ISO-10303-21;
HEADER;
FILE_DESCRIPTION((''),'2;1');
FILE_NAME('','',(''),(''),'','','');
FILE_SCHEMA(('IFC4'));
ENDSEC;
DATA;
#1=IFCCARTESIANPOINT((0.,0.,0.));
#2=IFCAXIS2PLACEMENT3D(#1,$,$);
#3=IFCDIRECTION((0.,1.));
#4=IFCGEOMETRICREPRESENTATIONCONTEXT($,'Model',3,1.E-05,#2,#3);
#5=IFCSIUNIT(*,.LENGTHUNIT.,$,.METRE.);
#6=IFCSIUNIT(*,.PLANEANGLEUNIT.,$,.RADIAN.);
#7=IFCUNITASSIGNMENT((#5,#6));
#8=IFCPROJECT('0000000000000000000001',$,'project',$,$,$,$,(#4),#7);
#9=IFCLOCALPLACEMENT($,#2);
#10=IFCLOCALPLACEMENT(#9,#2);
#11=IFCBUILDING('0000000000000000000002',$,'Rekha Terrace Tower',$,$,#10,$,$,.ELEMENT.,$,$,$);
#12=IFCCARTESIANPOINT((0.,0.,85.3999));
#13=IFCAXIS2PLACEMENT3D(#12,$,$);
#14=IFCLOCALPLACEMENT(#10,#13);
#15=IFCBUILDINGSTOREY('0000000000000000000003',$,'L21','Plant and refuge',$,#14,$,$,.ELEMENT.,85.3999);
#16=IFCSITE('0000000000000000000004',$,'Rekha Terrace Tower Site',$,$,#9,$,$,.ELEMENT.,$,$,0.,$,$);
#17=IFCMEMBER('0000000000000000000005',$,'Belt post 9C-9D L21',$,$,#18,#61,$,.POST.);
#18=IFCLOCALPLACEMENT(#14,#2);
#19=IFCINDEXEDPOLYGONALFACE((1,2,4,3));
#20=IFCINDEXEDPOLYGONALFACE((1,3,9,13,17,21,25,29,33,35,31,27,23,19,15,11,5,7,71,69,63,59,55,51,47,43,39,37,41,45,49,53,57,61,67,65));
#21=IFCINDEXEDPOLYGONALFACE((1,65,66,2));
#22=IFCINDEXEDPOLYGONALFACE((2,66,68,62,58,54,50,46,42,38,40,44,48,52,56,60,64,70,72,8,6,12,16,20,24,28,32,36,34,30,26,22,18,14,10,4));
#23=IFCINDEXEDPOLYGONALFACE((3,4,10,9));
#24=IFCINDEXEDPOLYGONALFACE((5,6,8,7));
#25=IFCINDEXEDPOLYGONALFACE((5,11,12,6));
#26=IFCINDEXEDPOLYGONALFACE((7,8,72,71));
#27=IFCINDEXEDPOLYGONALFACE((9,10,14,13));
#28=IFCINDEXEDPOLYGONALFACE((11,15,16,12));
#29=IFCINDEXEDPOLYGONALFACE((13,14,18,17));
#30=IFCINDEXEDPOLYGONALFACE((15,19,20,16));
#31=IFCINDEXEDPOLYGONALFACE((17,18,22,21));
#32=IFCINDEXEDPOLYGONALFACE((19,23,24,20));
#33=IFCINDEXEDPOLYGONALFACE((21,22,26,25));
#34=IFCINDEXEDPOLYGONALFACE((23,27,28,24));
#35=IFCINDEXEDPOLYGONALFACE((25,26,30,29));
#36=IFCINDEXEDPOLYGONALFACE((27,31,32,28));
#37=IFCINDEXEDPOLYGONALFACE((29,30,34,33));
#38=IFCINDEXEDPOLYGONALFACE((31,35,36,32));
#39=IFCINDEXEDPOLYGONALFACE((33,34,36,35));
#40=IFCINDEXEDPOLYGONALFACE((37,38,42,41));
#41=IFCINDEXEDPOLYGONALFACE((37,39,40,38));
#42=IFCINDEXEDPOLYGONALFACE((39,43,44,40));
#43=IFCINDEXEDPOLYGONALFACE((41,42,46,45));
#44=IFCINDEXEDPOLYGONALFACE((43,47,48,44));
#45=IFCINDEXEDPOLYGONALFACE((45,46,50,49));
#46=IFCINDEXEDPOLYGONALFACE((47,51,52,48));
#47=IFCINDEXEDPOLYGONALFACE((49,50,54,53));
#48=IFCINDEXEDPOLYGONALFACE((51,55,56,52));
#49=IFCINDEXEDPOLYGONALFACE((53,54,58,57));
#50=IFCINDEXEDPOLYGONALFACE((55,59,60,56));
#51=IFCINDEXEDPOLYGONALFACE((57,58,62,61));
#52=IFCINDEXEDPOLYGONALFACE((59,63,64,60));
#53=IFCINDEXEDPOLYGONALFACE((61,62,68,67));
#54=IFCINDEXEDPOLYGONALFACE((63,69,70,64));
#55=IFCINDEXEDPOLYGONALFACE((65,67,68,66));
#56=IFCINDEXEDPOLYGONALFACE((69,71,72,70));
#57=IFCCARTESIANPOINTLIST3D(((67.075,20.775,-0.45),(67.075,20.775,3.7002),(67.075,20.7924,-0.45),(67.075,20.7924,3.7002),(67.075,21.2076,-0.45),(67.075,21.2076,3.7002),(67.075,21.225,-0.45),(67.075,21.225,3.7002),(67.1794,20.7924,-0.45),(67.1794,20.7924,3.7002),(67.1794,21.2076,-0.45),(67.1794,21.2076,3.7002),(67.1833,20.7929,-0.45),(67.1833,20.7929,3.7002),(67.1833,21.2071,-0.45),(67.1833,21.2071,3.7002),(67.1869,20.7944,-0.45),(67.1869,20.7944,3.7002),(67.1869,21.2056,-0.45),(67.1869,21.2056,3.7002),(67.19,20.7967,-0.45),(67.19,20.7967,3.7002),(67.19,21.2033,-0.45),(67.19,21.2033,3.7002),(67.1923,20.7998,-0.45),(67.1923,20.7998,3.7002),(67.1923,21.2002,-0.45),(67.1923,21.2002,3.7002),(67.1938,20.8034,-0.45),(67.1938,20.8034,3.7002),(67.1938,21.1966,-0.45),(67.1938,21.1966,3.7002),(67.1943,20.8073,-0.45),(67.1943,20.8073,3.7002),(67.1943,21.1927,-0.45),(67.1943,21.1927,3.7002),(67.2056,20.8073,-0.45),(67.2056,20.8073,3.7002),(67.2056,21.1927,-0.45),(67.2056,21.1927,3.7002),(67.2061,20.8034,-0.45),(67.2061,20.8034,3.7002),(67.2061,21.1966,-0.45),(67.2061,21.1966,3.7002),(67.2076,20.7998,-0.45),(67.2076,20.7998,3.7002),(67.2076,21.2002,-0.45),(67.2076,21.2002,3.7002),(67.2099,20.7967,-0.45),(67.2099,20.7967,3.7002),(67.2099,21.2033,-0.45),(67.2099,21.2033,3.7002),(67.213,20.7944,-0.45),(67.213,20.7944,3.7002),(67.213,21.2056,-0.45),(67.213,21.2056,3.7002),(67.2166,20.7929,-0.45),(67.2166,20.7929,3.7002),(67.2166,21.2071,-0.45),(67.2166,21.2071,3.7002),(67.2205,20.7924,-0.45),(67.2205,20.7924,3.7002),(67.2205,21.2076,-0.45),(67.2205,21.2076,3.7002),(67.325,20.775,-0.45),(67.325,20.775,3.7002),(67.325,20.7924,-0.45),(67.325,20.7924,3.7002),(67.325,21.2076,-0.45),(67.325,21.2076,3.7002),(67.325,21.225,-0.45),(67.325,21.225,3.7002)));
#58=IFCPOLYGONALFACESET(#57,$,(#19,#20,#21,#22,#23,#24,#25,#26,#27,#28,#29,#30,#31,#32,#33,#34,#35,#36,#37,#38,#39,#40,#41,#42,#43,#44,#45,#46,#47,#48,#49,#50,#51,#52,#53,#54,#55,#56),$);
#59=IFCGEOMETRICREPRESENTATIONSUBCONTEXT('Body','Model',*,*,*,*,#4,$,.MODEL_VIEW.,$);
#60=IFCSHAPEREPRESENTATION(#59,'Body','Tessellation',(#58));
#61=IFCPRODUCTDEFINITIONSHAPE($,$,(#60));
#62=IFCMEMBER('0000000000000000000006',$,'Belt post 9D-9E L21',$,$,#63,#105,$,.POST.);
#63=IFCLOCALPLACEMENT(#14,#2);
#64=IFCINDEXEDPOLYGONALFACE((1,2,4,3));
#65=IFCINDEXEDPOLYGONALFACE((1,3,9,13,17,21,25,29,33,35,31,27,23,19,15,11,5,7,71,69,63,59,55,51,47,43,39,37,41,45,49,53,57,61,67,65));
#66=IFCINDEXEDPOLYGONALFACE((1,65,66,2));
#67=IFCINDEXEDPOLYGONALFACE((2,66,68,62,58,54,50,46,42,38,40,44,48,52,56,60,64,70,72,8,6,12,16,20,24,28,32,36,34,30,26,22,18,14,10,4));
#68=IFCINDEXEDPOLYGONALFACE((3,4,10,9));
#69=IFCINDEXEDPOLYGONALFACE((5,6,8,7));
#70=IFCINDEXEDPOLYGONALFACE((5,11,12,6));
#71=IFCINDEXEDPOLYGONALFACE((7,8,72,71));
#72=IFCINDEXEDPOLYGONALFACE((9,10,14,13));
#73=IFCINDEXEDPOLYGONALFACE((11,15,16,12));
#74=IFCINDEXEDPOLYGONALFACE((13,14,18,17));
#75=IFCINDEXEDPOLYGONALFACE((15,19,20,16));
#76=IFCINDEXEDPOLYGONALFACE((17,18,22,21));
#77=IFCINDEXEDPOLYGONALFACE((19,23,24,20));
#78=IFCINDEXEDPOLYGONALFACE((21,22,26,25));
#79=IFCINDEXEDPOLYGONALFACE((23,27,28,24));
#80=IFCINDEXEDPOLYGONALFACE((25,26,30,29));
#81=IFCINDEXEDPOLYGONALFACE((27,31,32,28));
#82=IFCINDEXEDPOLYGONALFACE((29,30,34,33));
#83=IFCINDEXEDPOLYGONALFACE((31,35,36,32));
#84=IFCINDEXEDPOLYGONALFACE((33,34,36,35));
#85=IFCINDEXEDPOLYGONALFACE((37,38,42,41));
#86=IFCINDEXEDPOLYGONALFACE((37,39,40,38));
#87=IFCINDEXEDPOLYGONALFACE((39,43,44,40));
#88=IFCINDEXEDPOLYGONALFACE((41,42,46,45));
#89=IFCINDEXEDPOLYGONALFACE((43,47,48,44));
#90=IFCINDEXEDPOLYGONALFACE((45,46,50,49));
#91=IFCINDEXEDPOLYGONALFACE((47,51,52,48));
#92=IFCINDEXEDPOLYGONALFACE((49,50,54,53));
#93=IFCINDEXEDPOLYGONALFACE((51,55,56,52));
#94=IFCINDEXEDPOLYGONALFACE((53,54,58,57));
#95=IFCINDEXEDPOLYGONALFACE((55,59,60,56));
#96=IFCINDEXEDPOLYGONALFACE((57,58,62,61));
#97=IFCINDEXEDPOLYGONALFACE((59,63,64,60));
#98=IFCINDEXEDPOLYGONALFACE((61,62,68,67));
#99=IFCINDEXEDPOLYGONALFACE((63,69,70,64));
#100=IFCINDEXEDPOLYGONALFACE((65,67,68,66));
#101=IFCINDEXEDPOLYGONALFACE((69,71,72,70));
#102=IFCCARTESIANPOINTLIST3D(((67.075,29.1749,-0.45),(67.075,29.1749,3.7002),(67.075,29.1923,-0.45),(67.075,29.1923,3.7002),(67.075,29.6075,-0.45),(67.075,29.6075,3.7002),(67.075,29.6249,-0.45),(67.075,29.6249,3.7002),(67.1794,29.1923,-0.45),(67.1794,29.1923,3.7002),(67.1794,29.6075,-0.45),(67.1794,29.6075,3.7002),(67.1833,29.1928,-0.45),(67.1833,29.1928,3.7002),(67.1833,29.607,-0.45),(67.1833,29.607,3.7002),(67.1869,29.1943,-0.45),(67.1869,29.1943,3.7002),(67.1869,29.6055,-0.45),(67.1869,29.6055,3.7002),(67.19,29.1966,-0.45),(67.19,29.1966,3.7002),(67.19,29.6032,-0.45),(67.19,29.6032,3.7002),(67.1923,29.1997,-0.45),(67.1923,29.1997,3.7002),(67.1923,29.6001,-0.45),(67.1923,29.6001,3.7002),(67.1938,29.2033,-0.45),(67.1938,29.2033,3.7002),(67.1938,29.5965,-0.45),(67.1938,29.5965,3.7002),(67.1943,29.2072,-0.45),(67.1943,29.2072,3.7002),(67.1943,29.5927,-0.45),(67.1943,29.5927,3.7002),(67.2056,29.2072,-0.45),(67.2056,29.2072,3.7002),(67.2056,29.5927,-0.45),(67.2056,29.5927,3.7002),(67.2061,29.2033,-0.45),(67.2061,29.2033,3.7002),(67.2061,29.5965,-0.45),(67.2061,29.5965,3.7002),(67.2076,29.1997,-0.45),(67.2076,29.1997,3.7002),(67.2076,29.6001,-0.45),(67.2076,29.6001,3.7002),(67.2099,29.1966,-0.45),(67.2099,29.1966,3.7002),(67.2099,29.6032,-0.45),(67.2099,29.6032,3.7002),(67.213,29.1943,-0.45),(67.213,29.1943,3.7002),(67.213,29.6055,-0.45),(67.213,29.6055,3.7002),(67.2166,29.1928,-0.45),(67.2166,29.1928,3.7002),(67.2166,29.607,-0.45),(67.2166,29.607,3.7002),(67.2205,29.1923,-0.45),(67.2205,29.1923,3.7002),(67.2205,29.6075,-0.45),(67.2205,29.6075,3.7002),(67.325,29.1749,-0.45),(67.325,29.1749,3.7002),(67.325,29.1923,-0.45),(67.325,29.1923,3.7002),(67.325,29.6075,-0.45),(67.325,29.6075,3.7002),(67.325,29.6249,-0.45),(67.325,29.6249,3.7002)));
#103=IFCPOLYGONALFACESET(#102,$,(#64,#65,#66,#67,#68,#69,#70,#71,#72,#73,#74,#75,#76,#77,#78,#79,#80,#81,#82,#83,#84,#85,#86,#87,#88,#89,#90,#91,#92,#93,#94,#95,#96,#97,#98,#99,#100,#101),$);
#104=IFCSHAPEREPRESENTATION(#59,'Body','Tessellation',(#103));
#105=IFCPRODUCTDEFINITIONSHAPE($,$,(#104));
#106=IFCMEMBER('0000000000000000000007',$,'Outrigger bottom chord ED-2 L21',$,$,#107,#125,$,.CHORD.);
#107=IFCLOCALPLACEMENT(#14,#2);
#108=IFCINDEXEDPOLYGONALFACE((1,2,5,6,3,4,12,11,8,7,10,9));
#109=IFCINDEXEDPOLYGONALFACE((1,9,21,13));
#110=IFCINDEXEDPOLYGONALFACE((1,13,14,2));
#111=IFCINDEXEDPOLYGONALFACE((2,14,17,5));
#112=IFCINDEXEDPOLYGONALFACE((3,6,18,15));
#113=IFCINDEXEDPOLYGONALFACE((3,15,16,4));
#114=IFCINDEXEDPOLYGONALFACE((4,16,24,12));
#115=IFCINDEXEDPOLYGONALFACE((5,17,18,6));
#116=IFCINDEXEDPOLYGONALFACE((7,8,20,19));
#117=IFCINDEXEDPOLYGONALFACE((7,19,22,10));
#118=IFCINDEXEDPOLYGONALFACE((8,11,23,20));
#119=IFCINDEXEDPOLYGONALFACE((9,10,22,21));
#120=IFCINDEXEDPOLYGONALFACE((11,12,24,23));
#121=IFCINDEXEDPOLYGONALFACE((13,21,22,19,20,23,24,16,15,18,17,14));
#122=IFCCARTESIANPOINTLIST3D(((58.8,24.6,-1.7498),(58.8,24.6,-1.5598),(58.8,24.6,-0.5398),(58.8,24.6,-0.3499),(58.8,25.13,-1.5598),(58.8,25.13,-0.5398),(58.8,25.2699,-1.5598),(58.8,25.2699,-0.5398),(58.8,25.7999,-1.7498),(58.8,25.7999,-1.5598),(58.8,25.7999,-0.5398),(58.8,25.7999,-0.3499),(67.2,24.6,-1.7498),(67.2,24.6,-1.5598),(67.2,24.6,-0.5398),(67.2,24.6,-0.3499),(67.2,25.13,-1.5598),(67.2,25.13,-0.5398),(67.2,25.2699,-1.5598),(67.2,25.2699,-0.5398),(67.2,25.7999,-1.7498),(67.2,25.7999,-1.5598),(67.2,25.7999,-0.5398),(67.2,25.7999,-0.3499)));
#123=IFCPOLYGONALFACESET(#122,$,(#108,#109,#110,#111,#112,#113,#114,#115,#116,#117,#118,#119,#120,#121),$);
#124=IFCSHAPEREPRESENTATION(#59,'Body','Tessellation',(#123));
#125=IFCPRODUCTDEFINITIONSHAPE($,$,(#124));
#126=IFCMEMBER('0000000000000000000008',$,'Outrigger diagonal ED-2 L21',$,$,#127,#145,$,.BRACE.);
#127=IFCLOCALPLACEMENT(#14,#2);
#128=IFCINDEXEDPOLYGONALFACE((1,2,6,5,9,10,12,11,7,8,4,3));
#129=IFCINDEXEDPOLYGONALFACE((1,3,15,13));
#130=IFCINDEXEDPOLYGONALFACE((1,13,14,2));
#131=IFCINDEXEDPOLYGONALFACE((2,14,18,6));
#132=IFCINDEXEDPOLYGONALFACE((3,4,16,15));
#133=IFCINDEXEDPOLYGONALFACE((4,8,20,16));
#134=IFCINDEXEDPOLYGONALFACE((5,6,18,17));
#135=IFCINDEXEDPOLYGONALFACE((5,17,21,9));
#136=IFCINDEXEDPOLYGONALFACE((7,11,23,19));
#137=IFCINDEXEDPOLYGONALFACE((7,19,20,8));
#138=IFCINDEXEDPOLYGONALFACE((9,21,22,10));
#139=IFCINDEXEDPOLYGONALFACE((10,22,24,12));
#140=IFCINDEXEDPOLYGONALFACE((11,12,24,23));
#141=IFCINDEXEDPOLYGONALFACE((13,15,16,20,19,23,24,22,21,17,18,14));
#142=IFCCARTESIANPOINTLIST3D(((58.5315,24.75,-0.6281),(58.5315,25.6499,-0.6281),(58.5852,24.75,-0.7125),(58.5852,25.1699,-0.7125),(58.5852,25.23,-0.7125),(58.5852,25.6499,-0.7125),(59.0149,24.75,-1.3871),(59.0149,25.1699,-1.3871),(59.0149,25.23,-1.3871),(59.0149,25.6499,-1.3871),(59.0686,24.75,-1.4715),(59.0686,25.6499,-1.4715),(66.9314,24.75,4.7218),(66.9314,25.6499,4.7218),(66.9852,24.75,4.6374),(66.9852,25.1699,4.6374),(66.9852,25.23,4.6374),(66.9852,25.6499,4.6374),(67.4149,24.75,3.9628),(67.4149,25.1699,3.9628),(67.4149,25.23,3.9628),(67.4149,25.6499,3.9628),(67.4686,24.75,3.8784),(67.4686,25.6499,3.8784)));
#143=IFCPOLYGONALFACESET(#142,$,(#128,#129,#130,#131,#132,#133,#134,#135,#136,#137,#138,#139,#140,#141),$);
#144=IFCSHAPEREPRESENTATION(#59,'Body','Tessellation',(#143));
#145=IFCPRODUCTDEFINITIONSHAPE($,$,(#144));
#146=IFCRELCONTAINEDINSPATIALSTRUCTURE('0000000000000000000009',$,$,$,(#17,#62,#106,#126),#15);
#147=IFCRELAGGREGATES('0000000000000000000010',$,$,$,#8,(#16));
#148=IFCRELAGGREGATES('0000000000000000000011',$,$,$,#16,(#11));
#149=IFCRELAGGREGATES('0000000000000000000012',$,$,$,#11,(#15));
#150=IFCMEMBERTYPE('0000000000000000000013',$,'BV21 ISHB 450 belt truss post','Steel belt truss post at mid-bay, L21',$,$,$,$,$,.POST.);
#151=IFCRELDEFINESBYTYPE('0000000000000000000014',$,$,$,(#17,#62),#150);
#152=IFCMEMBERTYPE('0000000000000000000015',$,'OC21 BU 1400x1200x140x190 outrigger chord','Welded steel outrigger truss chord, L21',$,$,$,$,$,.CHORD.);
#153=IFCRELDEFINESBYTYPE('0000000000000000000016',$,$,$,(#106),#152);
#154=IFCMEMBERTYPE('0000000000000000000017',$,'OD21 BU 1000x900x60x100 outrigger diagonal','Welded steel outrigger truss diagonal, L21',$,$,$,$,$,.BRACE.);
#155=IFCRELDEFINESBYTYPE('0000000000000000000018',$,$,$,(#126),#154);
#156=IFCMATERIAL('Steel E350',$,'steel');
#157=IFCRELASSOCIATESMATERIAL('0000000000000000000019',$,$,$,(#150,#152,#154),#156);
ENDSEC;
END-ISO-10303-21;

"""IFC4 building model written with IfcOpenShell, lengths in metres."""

from ifc_helpers import new_model, si_unit, direction, frame, origin, origin_2d, place, context, subcontext, project, spatial, i_section, extrude, material, material_profile, profile_set, type_object, element, save


model = new_model("IFC4")

# Units and contexts
model_context = context("Model", 3, precision=1e-05, world=origin(), true_north=direction((0.0, 1.0)))
body_context = subcontext(model_context, "Body", "Model", "MODEL_VIEW")
ifc_project = project(units=[si_unit("LENGTHUNIT", "METRE"), si_unit("PLANEANGLEUNIT", "RADIAN")], contexts=[model_context])

# Site, building, storey
site_placement = place(None, origin())
site = spatial("IfcSite", under=ifc_project, at=site_placement, Name="Rekha Terrace Tower Site", CompositionType="ELEMENT", RefElevation=0.0)
building_placement = place(site_placement, origin())
building = spatial("IfcBuilding", under=site, at=building_placement, Name="Rekha Terrace Tower", CompositionType="ELEMENT")
storey_placement = place(building_placement, frame((0.0, 0.0, 85.3999)))
storey = spatial("IfcBuildingStorey", under=building, at=storey_placement, Name="L21", Description="Plant and refuge", CompositionType="ELEMENT", Elevation=85.3999)

# Members
ifc_material_1 = material(Name="Steel E350", Category="steel")
ifc_material_profile_1 = material_profile(ifc_material_1, i_section(OverallWidth=0.25, OverallDepth=0.45, WebThickness=0.0112, FlangeThickness=0.0173, FilletRadius=0.0149, at=origin_2d()), Name="ISHB 450")
ifc_profile_set_1 = profile_set([ifc_material_profile_1], Name="Steel E350")
member_type_1 = type_object("IfcMemberType", Name="BV21 ISHB 450 belt truss post", Description="Steel belt truss post at mid-bay, L21", PredefinedType="POST", material=ifc_profile_set_1)
for number, where, z_axis, x_axis, name in (
    (1, (67.2, 21.0, -0.45), (0.0, 0.0, 1.0), (1.0, 0.0, 0.0), "Belt post 9C-9D L21"),
    (2, (67.2, 29.3999, -0.45), (0.0, 0.0, 1.0), (1.0, 0.0, 0.0), "Belt post 9D-9E L21"),
):
    element("IfcMember", number, at=place(storey_placement, frame(where, z_axis=z_axis, x_axis=x_axis)), inside=storey, type_object=member_type_1, Name=name, PredefinedType="POST", context=body_context, shape_type="SweptSolid", body=[
        extrude(i_section(OverallWidth=0.25, OverallDepth=0.45, WebThickness=0.0112, FlangeThickness=0.0173, FilletRadius=0.0149, at=origin_2d()), origin(), (0.0, 0.0, 1.0), 4.1501),
    ])
ifc_material_profile_2 = material_profile(ifc_material_1, i_section(OverallWidth=1.2, OverallDepth=1.3999, WebThickness=0.1399, FlangeThickness=0.1899, at=origin_2d()), Name="BU 1400x1200x140x190")
ifc_profile_set_2 = profile_set([ifc_material_profile_2], Name="Steel E350")
member_type_2 = type_object("IfcMemberType", Name="OC21 BU 1400x1200x140x190 outrigger chord", Description="Welded steel outrigger truss chord, L21", PredefinedType="CHORD", material=ifc_profile_set_2)
member_1_placement = place(storey_placement, frame((58.8, 25.2, -1.0498), z_axis=(1.0, 0.0, 0.0), x_axis=(0.0, 1.0, 0.0)))
element("IfcMember", 3, at=member_1_placement, inside=storey, type_object=member_type_2, Name="Outrigger bottom chord ED-2 L21", PredefinedType="CHORD", context=body_context, shape_type="SweptSolid", body=[
    extrude(i_section(OverallWidth=1.2, OverallDepth=1.3999, WebThickness=0.1399, FlangeThickness=0.1899, at=origin_2d()), origin(), (0.0, 0.0, 1.0), 8.3999),
])
ifc_material_profile_3 = material_profile(ifc_material_1, i_section(OverallWidth=0.8999, OverallDepth=1.0, WebThickness=0.0601, FlangeThickness=0.1001, at=origin_2d()), Name="BU 1000x900x60x100")
ifc_profile_set_3 = profile_set([ifc_material_profile_3], Name="Steel E350")
member_type_3 = type_object("IfcMemberType", Name="OD21 BU 1000x900x60x100 outrigger diagonal", Description="Welded steel outrigger truss diagonal, L21", PredefinedType="BRACE", material=ifc_profile_set_3)
member_2_placement = place(storey_placement, frame((58.8, 25.2, -1.0498), z_axis=(0.843459, 0.0, 0.537194), x_axis=(0.0, 1.0, 0.0)))
element("IfcMember", 4, at=member_2_placement, inside=storey, type_object=member_type_3, Name="Outrigger diagonal ED-2 L21", PredefinedType="BRACE", context=body_context, shape_type="SweptSolid", body=[
    extrude(i_section(OverallWidth=0.8999, OverallDepth=1.0, WebThickness=0.0601, FlangeThickness=0.1001, at=origin_2d()), origin(), (0.0, 0.0, 1.0), 9.959),
])

save(model, "model.ifc")
